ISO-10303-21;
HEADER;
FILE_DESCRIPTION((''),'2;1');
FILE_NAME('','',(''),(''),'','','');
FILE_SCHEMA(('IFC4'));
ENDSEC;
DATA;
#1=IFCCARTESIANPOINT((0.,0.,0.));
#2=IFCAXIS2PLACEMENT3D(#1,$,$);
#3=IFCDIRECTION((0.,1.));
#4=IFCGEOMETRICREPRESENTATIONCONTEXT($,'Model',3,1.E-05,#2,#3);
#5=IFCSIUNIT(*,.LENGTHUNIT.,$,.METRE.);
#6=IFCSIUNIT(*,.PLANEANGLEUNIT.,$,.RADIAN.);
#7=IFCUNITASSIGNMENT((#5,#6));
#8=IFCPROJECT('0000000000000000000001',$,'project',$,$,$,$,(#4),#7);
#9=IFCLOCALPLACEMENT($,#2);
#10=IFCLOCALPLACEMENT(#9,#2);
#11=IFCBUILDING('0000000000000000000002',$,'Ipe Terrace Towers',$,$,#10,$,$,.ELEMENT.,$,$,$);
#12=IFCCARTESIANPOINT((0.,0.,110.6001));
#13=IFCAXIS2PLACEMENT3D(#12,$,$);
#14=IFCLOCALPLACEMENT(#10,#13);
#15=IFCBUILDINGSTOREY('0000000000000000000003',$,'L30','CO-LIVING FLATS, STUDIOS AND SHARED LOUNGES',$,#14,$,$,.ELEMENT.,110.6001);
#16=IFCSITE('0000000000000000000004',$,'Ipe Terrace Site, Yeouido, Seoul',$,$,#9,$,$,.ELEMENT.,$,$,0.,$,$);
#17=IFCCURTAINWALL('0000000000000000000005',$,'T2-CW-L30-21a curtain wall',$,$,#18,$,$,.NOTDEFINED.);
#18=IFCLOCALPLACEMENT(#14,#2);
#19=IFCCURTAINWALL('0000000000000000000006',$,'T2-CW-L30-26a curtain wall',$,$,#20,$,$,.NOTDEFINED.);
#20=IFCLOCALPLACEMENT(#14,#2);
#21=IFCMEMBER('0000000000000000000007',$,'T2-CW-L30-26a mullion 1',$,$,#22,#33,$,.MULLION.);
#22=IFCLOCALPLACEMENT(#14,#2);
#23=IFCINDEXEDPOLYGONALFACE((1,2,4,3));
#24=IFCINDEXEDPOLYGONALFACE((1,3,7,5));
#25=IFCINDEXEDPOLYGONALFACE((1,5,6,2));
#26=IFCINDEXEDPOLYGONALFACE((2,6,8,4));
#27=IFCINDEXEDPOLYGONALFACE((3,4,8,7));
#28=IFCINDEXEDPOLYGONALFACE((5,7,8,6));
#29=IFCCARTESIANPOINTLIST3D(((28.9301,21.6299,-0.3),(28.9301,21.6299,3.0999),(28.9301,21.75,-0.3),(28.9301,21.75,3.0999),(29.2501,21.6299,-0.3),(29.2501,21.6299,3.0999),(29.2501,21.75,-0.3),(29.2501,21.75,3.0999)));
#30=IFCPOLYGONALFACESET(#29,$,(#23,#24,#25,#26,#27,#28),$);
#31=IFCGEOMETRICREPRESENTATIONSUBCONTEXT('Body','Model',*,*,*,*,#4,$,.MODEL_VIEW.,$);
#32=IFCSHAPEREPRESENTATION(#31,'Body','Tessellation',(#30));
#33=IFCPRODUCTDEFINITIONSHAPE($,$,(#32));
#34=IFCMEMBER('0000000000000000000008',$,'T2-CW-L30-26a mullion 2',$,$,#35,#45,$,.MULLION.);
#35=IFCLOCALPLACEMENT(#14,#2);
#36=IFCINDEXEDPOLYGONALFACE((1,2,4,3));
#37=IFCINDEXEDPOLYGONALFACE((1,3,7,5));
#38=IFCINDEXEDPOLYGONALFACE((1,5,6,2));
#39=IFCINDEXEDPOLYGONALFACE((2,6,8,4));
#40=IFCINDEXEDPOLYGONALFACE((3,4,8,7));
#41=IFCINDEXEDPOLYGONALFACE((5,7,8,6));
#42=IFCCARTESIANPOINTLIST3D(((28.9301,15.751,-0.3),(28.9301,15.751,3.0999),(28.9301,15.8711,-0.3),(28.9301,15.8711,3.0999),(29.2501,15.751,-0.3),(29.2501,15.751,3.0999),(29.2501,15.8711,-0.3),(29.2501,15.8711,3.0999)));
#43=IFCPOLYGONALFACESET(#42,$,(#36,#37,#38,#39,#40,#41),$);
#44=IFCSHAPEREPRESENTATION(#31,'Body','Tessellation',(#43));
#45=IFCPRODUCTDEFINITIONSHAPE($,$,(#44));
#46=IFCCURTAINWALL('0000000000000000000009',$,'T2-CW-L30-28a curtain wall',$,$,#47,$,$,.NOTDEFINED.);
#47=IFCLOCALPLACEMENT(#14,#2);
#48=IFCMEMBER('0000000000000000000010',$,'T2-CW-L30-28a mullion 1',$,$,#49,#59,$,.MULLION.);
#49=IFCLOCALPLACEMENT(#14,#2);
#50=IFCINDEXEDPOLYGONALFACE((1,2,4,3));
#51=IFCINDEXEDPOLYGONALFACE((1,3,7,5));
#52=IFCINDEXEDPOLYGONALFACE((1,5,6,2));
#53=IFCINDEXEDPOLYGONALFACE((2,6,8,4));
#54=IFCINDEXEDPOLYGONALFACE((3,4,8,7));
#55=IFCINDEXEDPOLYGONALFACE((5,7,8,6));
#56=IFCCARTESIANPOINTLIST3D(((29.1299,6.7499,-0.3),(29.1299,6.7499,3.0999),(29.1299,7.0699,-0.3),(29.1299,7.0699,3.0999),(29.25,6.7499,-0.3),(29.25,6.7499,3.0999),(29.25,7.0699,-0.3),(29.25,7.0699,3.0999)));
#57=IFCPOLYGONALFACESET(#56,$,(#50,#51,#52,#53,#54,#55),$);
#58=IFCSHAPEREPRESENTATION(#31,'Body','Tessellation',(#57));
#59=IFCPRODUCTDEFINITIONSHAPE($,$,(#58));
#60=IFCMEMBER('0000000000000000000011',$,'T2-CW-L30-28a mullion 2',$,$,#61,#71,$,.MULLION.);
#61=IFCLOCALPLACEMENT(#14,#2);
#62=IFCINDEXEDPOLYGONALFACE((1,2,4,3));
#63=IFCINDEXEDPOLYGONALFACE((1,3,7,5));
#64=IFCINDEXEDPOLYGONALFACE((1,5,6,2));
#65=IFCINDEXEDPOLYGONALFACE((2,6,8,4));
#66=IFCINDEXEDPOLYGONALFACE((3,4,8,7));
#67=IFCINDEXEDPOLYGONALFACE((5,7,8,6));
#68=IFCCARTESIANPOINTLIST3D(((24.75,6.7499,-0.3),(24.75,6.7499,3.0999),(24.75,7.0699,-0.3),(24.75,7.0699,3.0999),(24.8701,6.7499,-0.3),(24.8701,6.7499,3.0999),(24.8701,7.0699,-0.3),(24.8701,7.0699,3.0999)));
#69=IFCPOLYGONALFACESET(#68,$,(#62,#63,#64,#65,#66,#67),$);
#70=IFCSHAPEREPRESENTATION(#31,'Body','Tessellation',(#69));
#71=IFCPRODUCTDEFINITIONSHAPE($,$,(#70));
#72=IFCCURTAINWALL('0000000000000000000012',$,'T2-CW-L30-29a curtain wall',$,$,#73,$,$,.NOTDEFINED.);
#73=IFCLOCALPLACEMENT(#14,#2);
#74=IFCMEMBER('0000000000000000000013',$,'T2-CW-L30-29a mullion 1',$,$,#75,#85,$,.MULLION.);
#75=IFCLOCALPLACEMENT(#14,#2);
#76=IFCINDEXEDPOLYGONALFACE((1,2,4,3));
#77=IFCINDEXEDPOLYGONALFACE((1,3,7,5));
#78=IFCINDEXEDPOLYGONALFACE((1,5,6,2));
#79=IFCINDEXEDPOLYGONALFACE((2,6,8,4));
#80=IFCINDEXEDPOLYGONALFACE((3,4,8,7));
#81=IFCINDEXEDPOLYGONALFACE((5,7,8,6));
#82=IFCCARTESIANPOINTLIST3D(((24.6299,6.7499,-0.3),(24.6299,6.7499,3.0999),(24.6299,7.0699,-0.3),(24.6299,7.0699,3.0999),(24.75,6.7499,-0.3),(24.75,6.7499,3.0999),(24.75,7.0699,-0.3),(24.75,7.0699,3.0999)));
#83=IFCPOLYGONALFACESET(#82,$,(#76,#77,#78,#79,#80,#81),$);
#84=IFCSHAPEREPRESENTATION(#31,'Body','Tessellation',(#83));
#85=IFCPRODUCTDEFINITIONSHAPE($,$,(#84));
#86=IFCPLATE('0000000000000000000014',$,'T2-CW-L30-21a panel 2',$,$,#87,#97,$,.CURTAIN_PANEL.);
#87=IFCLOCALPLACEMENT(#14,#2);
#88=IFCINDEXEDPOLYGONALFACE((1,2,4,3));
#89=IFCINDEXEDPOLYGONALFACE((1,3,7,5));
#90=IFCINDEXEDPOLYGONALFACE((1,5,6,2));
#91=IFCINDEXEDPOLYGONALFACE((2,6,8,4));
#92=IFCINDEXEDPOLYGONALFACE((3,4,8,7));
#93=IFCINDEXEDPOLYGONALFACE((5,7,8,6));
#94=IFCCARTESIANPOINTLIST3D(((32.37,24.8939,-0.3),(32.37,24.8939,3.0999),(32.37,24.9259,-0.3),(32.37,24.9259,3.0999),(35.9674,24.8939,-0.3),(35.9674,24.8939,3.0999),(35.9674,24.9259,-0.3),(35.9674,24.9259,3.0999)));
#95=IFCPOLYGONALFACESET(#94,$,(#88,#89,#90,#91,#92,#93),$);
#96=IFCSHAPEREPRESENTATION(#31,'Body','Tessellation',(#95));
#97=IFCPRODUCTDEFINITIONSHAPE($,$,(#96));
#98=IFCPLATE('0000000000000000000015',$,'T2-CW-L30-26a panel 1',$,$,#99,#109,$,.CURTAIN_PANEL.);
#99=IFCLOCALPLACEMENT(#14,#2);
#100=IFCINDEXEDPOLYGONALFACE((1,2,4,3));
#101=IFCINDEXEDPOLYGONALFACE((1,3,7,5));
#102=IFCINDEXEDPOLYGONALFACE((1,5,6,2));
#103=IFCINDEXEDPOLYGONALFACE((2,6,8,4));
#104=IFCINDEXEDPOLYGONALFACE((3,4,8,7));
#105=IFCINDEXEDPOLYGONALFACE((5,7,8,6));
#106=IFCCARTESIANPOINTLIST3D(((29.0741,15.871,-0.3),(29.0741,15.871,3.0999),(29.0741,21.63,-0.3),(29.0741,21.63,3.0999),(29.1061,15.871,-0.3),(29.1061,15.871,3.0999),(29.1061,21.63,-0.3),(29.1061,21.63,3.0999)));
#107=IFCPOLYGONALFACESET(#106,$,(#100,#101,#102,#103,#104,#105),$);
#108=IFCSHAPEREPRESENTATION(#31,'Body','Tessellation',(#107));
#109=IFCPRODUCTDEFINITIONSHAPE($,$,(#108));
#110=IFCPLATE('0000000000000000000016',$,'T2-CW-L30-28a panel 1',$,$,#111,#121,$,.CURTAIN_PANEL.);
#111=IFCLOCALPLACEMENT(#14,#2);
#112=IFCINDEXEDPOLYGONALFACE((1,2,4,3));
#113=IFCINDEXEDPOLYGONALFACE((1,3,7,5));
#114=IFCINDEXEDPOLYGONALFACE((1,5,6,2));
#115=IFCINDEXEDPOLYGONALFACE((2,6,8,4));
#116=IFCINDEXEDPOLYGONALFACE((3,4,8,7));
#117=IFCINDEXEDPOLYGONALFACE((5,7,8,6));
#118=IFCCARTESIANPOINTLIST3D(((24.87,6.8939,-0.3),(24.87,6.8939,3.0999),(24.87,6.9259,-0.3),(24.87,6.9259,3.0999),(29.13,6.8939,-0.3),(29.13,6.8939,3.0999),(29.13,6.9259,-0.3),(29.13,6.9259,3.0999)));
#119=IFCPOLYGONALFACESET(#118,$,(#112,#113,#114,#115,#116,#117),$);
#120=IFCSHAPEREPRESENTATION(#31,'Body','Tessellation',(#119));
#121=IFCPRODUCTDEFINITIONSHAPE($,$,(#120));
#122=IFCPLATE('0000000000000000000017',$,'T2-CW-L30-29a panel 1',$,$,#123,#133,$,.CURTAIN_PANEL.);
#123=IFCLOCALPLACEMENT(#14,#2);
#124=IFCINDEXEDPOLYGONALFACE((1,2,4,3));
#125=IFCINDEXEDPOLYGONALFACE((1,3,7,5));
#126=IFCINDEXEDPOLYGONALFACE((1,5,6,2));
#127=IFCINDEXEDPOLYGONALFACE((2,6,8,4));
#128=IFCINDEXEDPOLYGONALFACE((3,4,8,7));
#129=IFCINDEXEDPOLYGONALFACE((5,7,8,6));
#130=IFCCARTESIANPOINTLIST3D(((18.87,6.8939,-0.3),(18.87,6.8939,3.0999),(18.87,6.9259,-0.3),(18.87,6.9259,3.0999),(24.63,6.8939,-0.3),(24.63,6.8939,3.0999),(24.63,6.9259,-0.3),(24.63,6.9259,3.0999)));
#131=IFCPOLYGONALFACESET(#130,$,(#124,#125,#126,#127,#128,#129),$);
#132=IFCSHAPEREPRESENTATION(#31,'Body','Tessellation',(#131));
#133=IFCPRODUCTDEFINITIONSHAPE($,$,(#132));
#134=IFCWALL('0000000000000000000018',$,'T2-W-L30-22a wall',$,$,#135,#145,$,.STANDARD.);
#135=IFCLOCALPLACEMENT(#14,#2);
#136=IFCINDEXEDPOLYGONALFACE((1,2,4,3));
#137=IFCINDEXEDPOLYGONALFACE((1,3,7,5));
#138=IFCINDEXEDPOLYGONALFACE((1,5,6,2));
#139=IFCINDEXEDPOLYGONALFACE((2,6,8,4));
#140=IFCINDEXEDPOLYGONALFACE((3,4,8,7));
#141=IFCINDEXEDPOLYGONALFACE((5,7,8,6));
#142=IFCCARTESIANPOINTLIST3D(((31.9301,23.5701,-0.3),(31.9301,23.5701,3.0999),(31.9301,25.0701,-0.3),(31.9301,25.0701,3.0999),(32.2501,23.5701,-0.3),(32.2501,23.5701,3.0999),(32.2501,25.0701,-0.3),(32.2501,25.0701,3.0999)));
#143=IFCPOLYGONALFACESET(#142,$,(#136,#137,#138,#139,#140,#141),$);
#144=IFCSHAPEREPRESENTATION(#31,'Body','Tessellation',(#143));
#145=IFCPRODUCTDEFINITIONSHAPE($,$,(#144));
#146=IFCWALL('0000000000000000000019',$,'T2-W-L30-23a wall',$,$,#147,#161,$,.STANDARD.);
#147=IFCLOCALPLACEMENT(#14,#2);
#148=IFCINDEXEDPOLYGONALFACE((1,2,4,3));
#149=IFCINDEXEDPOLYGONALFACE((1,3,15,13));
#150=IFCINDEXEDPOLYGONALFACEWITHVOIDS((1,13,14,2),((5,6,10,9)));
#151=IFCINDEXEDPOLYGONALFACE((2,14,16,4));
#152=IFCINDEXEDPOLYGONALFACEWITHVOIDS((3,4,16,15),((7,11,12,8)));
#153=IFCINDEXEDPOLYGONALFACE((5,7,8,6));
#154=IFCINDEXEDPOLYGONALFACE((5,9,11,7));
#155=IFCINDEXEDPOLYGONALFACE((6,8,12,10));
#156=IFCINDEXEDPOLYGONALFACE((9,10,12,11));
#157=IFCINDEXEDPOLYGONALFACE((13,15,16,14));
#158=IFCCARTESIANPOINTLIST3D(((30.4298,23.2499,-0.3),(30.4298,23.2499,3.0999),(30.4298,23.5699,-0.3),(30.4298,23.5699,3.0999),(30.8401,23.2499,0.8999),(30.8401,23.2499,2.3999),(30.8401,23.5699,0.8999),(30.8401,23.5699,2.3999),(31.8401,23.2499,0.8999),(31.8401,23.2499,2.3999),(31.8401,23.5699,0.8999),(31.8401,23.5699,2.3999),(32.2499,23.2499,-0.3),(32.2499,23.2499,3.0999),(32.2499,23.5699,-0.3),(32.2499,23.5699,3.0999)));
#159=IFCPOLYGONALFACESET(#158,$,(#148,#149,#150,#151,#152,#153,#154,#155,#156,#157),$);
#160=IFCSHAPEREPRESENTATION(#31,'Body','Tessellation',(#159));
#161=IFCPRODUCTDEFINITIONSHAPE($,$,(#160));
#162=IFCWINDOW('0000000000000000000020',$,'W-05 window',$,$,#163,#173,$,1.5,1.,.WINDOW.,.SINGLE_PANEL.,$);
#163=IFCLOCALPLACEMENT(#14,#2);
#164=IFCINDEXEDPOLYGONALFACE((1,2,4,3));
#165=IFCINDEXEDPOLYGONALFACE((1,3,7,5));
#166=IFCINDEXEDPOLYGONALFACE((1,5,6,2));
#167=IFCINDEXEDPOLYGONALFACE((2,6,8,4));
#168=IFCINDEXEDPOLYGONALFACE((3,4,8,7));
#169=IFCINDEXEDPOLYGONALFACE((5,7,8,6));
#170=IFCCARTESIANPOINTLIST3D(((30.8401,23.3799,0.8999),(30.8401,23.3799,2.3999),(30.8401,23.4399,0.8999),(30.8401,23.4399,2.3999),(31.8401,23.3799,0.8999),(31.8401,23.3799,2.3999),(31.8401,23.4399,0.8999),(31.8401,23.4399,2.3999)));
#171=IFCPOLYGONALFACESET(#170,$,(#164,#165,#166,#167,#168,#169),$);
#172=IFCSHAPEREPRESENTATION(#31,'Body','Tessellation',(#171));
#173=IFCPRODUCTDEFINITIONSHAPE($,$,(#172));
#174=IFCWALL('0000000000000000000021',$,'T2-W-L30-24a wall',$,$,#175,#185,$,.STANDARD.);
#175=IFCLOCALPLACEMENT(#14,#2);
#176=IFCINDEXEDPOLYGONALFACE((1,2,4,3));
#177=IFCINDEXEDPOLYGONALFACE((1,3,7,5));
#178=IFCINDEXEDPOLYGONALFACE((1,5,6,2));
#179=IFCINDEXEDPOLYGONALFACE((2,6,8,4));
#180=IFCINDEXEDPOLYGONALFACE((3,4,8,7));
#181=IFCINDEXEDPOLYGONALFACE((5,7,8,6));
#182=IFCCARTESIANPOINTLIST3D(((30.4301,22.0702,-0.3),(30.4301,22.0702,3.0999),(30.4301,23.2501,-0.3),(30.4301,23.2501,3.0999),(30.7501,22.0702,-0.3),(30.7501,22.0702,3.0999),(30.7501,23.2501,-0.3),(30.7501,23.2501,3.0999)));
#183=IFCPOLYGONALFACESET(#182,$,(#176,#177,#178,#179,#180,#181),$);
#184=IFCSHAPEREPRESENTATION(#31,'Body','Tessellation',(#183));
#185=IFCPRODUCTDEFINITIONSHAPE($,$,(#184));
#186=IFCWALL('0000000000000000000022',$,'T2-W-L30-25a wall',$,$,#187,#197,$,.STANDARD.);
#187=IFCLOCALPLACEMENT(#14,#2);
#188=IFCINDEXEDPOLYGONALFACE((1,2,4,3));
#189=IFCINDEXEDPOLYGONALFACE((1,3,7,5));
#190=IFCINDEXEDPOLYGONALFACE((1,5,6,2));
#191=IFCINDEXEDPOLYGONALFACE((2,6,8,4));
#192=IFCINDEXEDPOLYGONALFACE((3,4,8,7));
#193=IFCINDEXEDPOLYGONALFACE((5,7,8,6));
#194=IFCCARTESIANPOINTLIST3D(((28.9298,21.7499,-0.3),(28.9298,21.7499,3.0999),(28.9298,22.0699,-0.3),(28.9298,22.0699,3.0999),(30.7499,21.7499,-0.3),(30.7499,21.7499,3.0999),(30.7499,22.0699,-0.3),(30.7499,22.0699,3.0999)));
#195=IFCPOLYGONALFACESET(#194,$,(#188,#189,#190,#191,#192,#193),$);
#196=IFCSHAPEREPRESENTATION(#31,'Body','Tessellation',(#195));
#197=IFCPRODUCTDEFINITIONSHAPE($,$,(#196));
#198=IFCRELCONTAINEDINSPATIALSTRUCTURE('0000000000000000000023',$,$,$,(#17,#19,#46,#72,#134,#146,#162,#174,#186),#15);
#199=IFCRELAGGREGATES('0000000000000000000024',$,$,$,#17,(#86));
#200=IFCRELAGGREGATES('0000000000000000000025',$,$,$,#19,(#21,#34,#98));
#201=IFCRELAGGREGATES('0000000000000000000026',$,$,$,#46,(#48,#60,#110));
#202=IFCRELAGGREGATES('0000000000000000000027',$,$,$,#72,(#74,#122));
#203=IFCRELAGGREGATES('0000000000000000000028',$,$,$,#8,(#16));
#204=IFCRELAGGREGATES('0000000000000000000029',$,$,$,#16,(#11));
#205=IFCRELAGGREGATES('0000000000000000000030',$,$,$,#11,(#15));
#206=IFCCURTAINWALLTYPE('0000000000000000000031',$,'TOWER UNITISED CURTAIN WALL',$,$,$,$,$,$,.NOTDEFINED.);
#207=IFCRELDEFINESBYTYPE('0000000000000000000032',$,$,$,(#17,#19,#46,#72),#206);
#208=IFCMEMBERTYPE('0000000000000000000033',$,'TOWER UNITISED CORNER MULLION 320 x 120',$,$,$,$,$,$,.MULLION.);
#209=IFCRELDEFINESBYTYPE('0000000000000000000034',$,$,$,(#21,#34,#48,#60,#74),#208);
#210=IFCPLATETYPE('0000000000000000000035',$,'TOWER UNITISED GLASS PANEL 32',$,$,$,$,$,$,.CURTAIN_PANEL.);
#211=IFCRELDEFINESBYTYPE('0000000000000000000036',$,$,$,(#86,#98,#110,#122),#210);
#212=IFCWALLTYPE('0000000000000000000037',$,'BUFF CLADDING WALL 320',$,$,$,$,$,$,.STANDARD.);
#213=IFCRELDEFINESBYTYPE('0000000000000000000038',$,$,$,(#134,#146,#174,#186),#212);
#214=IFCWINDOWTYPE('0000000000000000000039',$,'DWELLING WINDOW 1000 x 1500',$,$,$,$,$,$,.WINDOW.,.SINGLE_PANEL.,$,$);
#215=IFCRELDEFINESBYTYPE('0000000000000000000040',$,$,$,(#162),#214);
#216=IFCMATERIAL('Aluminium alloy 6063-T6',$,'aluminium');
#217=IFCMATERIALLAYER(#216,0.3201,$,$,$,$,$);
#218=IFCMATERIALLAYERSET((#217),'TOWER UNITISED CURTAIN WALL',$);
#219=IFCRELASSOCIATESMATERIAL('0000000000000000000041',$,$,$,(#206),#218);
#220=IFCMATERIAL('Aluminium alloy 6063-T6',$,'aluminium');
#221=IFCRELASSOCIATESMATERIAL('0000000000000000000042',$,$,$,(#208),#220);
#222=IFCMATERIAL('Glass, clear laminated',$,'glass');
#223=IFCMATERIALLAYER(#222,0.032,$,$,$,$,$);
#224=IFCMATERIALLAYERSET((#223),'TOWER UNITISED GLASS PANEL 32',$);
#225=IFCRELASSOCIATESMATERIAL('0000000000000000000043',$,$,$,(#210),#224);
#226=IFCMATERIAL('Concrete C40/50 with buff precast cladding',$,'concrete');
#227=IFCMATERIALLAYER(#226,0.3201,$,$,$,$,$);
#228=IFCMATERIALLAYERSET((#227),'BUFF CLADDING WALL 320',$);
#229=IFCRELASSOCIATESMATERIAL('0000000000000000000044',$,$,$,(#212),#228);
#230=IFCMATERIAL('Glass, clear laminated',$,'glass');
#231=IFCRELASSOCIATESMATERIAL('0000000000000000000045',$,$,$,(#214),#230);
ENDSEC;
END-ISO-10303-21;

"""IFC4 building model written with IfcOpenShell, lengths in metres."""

from ifc_helpers import new_model, si_unit, direction, frame, frame_2d, origin, origin_2d, place, context, subcontext, project, spatial, rectangle, extrude, material, layer, layer_set, material_profile, profile_set, type_object, element, fill, aggregate, save


model = new_model("IFC4")

# Units and contexts
model_context = context("Model", 3, precision=1e-05, world=origin(), true_north=direction((0.0, 1.0)))
body_context = subcontext(model_context, "Body", "Model", "MODEL_VIEW")
ifc_project = project(units=[si_unit("LENGTHUNIT", "METRE"), si_unit("PLANEANGLEUNIT", "RADIAN")], contexts=[model_context])

# Site, building, storey
site_placement = place(None, origin())
site = spatial("IfcSite", under=ifc_project, at=site_placement, Name="Ipe Terrace Site, Yeouido, Seoul", CompositionType="ELEMENT", RefElevation=0.0)
building_placement = place(site_placement, origin())
building = spatial("IfcBuilding", under=site, at=building_placement, Name="Ipe Terrace Towers", CompositionType="ELEMENT")
storey_placement = place(building_placement, frame((0.0, 0.0, 110.6001)))
storey = spatial("IfcBuildingStorey", under=building, at=storey_placement, Name="L30", Description="CO-LIVING FLATS, STUDIOS AND SHARED LOUNGES", CompositionType="ELEMENT", Elevation=110.6001)

# Curtain wall
ifc_material_1 = material(Name="Aluminium alloy 6063-T6", Category="aluminium")
ifc_layer_1 = layer(ifc_material_1, 0.3201)
ifc_layer_set_1 = layer_set([ifc_layer_1], Name="TOWER UNITISED CURTAIN WALL")
curtain_wall_type = type_object("IfcCurtainWallType", Name="TOWER UNITISED CURTAIN WALL", PredefinedType="NOTDEFINED", material=ifc_layer_set_1)
curtain_wall_1_placement = place(storey_placement, origin())
curtain_wall_1 = element("IfcCurtainWall", 1, at=curtain_wall_1_placement, inside=storey, type_object=curtain_wall_type, Name="T2-CW-L30-21a curtain wall", PredefinedType="NOTDEFINED")
ifc_material_2 = material(Name="Aluminium alloy 6063-T6", Category="aluminium")
ifc_material_profile_1 = material_profile(ifc_material_2, rectangle(XDim=0.3201, YDim=0.1201, at=origin_2d()), Name="TOWER UNITISED CORNER MULLION 320 x 120")
ifc_profile_set_1 = profile_set([ifc_material_profile_1], Name="Aluminium alloy 6063-T6")
member_type = type_object("IfcMemberType", Name="TOWER UNITISED CORNER MULLION 320 x 120", PredefinedType="MULLION", material=ifc_profile_set_1)

# Curtain walls, members
curtain_wall_2_placement = place(storey_placement, origin())
curtain_wall_2 = element("IfcCurtainWall", 2, at=curtain_wall_2_placement, inside=storey, type_object=curtain_wall_type, Name="T2-CW-L30-26a curtain wall", PredefinedType="NOTDEFINED")
member_1_placement = place(storey_placement, frame((29.0901, 21.6899, -0.3), z_axis=(0.0, 0.0, 1.0), x_axis=(-1.0, 0.0, 0.0)))
member_1 = element("IfcMember", 3, at=member_1_placement, type_object=member_type, Name="T2-CW-L30-26a mullion 1", PredefinedType="MULLION", context=body_context, shape_type="SweptSolid", body=[
    extrude(rectangle(XDim=0.3201, YDim=0.1201, at=origin_2d()), origin(), (0.0, 0.0, 1.0), 3.3999),
])
member_2_placement = place(storey_placement, frame((29.0901, 15.811, -0.3), z_axis=(0.0, 0.0, 1.0), x_axis=(-1.0, 0.0, 0.0)))
member_2 = element("IfcMember", 4, at=member_2_placement, type_object=member_type, Name="T2-CW-L30-26a mullion 2", PredefinedType="MULLION", context=body_context, shape_type="SweptSolid", body=[
    extrude(rectangle(XDim=0.3201, YDim=0.1201, at=origin_2d()), origin(), (0.0, 0.0, 1.0), 3.3999),
])
curtain_wall_3_placement = place(storey_placement, origin())
curtain_wall_3 = element("IfcCurtainWall", 5, at=curtain_wall_3_placement, inside=storey, type_object=curtain_wall_type, Name="T2-CW-L30-28a curtain wall", PredefinedType="NOTDEFINED")
member_3_placement = place(storey_placement, frame((29.1899, 6.9099, -0.3), z_axis=(0.0, 0.0, 1.0), x_axis=(0.0, 1.0, 0.0)))
member_3 = element("IfcMember", 6, at=member_3_placement, type_object=member_type, Name="T2-CW-L30-28a mullion 1", PredefinedType="MULLION", context=body_context, shape_type="SweptSolid", body=[
    extrude(rectangle(XDim=0.3201, YDim=0.1201, at=origin_2d()), origin(), (0.0, 0.0, 1.0), 3.3999),
])
member_4_placement = place(storey_placement, frame((24.8101, 6.9099, -0.3), z_axis=(0.0, 0.0, 1.0), x_axis=(0.0, 1.0, 0.0)))
member_4 = element("IfcMember", 7, at=member_4_placement, type_object=member_type, Name="T2-CW-L30-28a mullion 2", PredefinedType="MULLION", context=body_context, shape_type="SweptSolid", body=[
    extrude(rectangle(XDim=0.3201, YDim=0.1201, at=origin_2d()), origin(), (0.0, 0.0, 1.0), 3.3999),
])

# Curtain wall, member
curtain_wall_4_placement = place(storey_placement, origin())
curtain_wall_4 = element("IfcCurtainWall", 8, at=curtain_wall_4_placement, inside=storey, type_object=curtain_wall_type, Name="T2-CW-L30-29a curtain wall", PredefinedType="NOTDEFINED")
member_5_placement = place(storey_placement, frame((24.6899, 6.9099, -0.3), z_axis=(0.0, 0.0, 1.0), x_axis=(0.0, 1.0, 0.0)))
member_5 = element("IfcMember", 9, at=member_5_placement, type_object=member_type, Name="T2-CW-L30-29a mullion 1", PredefinedType="MULLION", context=body_context, shape_type="SweptSolid", body=[
    extrude(rectangle(XDim=0.3201, YDim=0.1201, at=origin_2d()), origin(), (0.0, 0.0, 1.0), 3.3999),
])

# Plates
ifc_material_3 = material(Name="Glass, clear laminated", Category="glass")
ifc_layer_2 = layer(ifc_material_3, 0.032)
ifc_layer_set_2 = layer_set([ifc_layer_2], Name="TOWER UNITISED GLASS PANEL 32")
plate_type = type_object("IfcPlateType", Name="TOWER UNITISED GLASS PANEL 32", PredefinedType="CURTAIN_PANEL", material=ifc_layer_set_2)
plate_1_placement = place(storey_placement, frame((34.1687, 24.9099, -0.3), z_axis=(0.0, 0.0, 1.0), x_axis=(-1.0, 0.0, 0.0)))
plate_1 = element("IfcPlate", 10, at=plate_1_placement, type_object=plate_type, Name="T2-CW-L30-21a panel 2", PredefinedType="CURTAIN_PANEL", context=body_context, shape_type="SweptSolid", body=[
    extrude(rectangle(XDim=3.5974, YDim=0.032, at=origin_2d()), origin(), (0.0, 0.0, 1.0), 3.3999),
])
aggregate(curtain_wall_1, [plate_1])
plate_2_placement = place(storey_placement, frame((29.0901, 18.7505, -0.3), z_axis=(0.0, 0.0, 1.0), x_axis=(0.0, -1.0, 0.0)))
plate_2 = element("IfcPlate", 11, at=plate_2_placement, type_object=plate_type, Name="T2-CW-L30-26a panel 1", PredefinedType="CURTAIN_PANEL", context=body_context, shape_type="SweptSolid", body=[
    extrude(rectangle(XDim=5.759, YDim=0.032, at=origin_2d()), origin(), (0.0, 0.0, 1.0), 3.3999),
])
aggregate(curtain_wall_2, [member_1, member_2, plate_2])
plate_3_placement = place(storey_placement, frame((27.0, 6.9099, -0.3), z_axis=(0.0, 0.0, 1.0), x_axis=(-1.0, 0.0, 0.0)))
plate_3 = element("IfcPlate", 12, at=plate_3_placement, type_object=plate_type, Name="T2-CW-L30-28a panel 1", PredefinedType="CURTAIN_PANEL", context=body_context, shape_type="SweptSolid", body=[
    extrude(rectangle(XDim=4.26, YDim=0.032, at=origin_2d()), origin(), (0.0, 0.0, 1.0), 3.3999),
])
aggregate(curtain_wall_3, [member_3, member_4, plate_3])
plate_4_placement = place(storey_placement, frame((21.75, 6.9099, -0.3), z_axis=(0.0, 0.0, 1.0), x_axis=(-1.0, 0.0, 0.0)))
plate_4 = element("IfcPlate", 13, at=plate_4_placement, type_object=plate_type, Name="T2-CW-L30-29a panel 1", PredefinedType="CURTAIN_PANEL", context=body_context, shape_type="SweptSolid", body=[
    extrude(rectangle(XDim=5.76, YDim=0.032, at=origin_2d()), origin(), (0.0, 0.0, 1.0), 3.3999),
])
aggregate(curtain_wall_4, [member_5, plate_4])

# Wall
ifc_material_4 = material(Name="Concrete C40/50 with buff precast cladding", Category="concrete")
ifc_layer_3 = layer(ifc_material_4, 0.3201)
ifc_layer_set_3 = layer_set([ifc_layer_3], Name="BUFF CLADDING WALL 320")
wall_type_1 = type_object("IfcWallType", Name="BUFF CLADDING WALL 320", PredefinedType="STANDARD", material=ifc_layer_set_3)
wall_1_placement = place(storey_placement, frame((32.0901, 25.0701, -0.3), z_axis=(0.0, 0.0, 1.0), x_axis=(0.0, -1.0, 0.0)))
element("IfcWall", 14, at=wall_1_placement, inside=storey, type_object=wall_type_1, Name="T2-W-L30-22a wall", PredefinedType="STANDARD", context=body_context, shape_type="SweptSolid", body=[
    extrude(rectangle(XDim=1.5, YDim=0.3201, at=frame_2d((0.75, 0.0))), origin(), (0.0, 0.0, 1.0), 3.3999),
])

# Wall, opening, window
wall_2_placement = place(storey_placement, frame((32.25, 23.4099, -0.3), z_axis=(0.0, 0.0, 1.0), x_axis=(-1.0, 0.0, 0.0)))
wall_2 = element("IfcWall", 15, at=wall_2_placement, inside=storey, type_object=wall_type_1, Name="T2-W-L30-23a wall", PredefinedType="STANDARD", context=body_context, shape_type="SweptSolid", body=[
    extrude(rectangle(XDim=1.8201, YDim=0.3201, at=frame_2d((0.9102, 0.0))), origin(), (0.0, 0.0, 1.0), 3.3999),
])
opening_1_placement = place(wall_2_placement, frame((0.4099, 0.0, 1.2)))
opening_1 = element("IfcOpeningElement", 16, at=opening_1_placement, cuts=wall_2, PredefinedType="OPENING", context=body_context, shape_type="SweptSolid", body=[
    extrude(rectangle(XDim=1.0, YDim=1.5, at=frame_2d((0.5, 0.75))), frame((0.0, 0.1699, 0.0), z_axis=(0.0, -1.0, 0.0), x_axis=(1.0, 0.0, 0.0)), (0.0, 0.0, 1.0), 0.3401),
])
ifc_material_5 = material(Name="Glass, clear laminated", Category="glass")
window_type = type_object("IfcWindowType", Name="DWELLING WINDOW 1000 x 1500", PartitioningType="SINGLE_PANEL", PredefinedType="WINDOW", material=ifc_material_5)
window_placement = place(opening_1_placement, origin())
window = element("IfcWindow", 17, at=window_placement, inside=storey, type_object=window_type, Name="W-05 window", OverallHeight=1.5, OverallWidth=1.0, PartitioningType="SINGLE_PANEL", PredefinedType="WINDOW", context=body_context, shape_type="SweptSolid", body=[
    extrude(rectangle(XDim=1.0, YDim=1.5, at=frame_2d((0.5, 0.75))), frame((0.0, 0.03, 0.0), z_axis=(0.0, -1.0, 0.0), x_axis=(1.0, 0.0, 0.0)), (0.0, 0.0, 1.0), 0.0601),
])
fill(opening_1, window)

# Walls
wall_3_placement = place(storey_placement, frame((30.5901, 23.25, -0.3), z_axis=(0.0, 0.0, 1.0), x_axis=(0.0, -1.0, 0.0)))
element("IfcWall", 18, at=wall_3_placement, inside=storey, type_object=wall_type_1, Name="T2-W-L30-24a wall", PredefinedType="STANDARD", context=body_context, shape_type="SweptSolid", body=[
    extrude(rectangle(XDim=1.1799, YDim=0.3201, at=frame_2d((0.5898, 0.0))), origin(), (0.0, 0.0, 1.0), 3.3999),
])
wall_4_placement = place(storey_placement, frame((30.75, 21.9099, -0.3), z_axis=(0.0, 0.0, 1.0), x_axis=(-1.0, 0.0, 0.0)))
element("IfcWall", 19, at=wall_4_placement, inside=storey, type_object=wall_type_1, Name="T2-W-L30-25a wall", PredefinedType="STANDARD", context=body_context, shape_type="SweptSolid", body=[
    extrude(rectangle(XDim=1.8201, YDim=0.3201, at=frame_2d((0.9102, 0.0))), origin(), (0.0, 0.0, 1.0), 3.3999),
])

save(model, "model.ifc")
